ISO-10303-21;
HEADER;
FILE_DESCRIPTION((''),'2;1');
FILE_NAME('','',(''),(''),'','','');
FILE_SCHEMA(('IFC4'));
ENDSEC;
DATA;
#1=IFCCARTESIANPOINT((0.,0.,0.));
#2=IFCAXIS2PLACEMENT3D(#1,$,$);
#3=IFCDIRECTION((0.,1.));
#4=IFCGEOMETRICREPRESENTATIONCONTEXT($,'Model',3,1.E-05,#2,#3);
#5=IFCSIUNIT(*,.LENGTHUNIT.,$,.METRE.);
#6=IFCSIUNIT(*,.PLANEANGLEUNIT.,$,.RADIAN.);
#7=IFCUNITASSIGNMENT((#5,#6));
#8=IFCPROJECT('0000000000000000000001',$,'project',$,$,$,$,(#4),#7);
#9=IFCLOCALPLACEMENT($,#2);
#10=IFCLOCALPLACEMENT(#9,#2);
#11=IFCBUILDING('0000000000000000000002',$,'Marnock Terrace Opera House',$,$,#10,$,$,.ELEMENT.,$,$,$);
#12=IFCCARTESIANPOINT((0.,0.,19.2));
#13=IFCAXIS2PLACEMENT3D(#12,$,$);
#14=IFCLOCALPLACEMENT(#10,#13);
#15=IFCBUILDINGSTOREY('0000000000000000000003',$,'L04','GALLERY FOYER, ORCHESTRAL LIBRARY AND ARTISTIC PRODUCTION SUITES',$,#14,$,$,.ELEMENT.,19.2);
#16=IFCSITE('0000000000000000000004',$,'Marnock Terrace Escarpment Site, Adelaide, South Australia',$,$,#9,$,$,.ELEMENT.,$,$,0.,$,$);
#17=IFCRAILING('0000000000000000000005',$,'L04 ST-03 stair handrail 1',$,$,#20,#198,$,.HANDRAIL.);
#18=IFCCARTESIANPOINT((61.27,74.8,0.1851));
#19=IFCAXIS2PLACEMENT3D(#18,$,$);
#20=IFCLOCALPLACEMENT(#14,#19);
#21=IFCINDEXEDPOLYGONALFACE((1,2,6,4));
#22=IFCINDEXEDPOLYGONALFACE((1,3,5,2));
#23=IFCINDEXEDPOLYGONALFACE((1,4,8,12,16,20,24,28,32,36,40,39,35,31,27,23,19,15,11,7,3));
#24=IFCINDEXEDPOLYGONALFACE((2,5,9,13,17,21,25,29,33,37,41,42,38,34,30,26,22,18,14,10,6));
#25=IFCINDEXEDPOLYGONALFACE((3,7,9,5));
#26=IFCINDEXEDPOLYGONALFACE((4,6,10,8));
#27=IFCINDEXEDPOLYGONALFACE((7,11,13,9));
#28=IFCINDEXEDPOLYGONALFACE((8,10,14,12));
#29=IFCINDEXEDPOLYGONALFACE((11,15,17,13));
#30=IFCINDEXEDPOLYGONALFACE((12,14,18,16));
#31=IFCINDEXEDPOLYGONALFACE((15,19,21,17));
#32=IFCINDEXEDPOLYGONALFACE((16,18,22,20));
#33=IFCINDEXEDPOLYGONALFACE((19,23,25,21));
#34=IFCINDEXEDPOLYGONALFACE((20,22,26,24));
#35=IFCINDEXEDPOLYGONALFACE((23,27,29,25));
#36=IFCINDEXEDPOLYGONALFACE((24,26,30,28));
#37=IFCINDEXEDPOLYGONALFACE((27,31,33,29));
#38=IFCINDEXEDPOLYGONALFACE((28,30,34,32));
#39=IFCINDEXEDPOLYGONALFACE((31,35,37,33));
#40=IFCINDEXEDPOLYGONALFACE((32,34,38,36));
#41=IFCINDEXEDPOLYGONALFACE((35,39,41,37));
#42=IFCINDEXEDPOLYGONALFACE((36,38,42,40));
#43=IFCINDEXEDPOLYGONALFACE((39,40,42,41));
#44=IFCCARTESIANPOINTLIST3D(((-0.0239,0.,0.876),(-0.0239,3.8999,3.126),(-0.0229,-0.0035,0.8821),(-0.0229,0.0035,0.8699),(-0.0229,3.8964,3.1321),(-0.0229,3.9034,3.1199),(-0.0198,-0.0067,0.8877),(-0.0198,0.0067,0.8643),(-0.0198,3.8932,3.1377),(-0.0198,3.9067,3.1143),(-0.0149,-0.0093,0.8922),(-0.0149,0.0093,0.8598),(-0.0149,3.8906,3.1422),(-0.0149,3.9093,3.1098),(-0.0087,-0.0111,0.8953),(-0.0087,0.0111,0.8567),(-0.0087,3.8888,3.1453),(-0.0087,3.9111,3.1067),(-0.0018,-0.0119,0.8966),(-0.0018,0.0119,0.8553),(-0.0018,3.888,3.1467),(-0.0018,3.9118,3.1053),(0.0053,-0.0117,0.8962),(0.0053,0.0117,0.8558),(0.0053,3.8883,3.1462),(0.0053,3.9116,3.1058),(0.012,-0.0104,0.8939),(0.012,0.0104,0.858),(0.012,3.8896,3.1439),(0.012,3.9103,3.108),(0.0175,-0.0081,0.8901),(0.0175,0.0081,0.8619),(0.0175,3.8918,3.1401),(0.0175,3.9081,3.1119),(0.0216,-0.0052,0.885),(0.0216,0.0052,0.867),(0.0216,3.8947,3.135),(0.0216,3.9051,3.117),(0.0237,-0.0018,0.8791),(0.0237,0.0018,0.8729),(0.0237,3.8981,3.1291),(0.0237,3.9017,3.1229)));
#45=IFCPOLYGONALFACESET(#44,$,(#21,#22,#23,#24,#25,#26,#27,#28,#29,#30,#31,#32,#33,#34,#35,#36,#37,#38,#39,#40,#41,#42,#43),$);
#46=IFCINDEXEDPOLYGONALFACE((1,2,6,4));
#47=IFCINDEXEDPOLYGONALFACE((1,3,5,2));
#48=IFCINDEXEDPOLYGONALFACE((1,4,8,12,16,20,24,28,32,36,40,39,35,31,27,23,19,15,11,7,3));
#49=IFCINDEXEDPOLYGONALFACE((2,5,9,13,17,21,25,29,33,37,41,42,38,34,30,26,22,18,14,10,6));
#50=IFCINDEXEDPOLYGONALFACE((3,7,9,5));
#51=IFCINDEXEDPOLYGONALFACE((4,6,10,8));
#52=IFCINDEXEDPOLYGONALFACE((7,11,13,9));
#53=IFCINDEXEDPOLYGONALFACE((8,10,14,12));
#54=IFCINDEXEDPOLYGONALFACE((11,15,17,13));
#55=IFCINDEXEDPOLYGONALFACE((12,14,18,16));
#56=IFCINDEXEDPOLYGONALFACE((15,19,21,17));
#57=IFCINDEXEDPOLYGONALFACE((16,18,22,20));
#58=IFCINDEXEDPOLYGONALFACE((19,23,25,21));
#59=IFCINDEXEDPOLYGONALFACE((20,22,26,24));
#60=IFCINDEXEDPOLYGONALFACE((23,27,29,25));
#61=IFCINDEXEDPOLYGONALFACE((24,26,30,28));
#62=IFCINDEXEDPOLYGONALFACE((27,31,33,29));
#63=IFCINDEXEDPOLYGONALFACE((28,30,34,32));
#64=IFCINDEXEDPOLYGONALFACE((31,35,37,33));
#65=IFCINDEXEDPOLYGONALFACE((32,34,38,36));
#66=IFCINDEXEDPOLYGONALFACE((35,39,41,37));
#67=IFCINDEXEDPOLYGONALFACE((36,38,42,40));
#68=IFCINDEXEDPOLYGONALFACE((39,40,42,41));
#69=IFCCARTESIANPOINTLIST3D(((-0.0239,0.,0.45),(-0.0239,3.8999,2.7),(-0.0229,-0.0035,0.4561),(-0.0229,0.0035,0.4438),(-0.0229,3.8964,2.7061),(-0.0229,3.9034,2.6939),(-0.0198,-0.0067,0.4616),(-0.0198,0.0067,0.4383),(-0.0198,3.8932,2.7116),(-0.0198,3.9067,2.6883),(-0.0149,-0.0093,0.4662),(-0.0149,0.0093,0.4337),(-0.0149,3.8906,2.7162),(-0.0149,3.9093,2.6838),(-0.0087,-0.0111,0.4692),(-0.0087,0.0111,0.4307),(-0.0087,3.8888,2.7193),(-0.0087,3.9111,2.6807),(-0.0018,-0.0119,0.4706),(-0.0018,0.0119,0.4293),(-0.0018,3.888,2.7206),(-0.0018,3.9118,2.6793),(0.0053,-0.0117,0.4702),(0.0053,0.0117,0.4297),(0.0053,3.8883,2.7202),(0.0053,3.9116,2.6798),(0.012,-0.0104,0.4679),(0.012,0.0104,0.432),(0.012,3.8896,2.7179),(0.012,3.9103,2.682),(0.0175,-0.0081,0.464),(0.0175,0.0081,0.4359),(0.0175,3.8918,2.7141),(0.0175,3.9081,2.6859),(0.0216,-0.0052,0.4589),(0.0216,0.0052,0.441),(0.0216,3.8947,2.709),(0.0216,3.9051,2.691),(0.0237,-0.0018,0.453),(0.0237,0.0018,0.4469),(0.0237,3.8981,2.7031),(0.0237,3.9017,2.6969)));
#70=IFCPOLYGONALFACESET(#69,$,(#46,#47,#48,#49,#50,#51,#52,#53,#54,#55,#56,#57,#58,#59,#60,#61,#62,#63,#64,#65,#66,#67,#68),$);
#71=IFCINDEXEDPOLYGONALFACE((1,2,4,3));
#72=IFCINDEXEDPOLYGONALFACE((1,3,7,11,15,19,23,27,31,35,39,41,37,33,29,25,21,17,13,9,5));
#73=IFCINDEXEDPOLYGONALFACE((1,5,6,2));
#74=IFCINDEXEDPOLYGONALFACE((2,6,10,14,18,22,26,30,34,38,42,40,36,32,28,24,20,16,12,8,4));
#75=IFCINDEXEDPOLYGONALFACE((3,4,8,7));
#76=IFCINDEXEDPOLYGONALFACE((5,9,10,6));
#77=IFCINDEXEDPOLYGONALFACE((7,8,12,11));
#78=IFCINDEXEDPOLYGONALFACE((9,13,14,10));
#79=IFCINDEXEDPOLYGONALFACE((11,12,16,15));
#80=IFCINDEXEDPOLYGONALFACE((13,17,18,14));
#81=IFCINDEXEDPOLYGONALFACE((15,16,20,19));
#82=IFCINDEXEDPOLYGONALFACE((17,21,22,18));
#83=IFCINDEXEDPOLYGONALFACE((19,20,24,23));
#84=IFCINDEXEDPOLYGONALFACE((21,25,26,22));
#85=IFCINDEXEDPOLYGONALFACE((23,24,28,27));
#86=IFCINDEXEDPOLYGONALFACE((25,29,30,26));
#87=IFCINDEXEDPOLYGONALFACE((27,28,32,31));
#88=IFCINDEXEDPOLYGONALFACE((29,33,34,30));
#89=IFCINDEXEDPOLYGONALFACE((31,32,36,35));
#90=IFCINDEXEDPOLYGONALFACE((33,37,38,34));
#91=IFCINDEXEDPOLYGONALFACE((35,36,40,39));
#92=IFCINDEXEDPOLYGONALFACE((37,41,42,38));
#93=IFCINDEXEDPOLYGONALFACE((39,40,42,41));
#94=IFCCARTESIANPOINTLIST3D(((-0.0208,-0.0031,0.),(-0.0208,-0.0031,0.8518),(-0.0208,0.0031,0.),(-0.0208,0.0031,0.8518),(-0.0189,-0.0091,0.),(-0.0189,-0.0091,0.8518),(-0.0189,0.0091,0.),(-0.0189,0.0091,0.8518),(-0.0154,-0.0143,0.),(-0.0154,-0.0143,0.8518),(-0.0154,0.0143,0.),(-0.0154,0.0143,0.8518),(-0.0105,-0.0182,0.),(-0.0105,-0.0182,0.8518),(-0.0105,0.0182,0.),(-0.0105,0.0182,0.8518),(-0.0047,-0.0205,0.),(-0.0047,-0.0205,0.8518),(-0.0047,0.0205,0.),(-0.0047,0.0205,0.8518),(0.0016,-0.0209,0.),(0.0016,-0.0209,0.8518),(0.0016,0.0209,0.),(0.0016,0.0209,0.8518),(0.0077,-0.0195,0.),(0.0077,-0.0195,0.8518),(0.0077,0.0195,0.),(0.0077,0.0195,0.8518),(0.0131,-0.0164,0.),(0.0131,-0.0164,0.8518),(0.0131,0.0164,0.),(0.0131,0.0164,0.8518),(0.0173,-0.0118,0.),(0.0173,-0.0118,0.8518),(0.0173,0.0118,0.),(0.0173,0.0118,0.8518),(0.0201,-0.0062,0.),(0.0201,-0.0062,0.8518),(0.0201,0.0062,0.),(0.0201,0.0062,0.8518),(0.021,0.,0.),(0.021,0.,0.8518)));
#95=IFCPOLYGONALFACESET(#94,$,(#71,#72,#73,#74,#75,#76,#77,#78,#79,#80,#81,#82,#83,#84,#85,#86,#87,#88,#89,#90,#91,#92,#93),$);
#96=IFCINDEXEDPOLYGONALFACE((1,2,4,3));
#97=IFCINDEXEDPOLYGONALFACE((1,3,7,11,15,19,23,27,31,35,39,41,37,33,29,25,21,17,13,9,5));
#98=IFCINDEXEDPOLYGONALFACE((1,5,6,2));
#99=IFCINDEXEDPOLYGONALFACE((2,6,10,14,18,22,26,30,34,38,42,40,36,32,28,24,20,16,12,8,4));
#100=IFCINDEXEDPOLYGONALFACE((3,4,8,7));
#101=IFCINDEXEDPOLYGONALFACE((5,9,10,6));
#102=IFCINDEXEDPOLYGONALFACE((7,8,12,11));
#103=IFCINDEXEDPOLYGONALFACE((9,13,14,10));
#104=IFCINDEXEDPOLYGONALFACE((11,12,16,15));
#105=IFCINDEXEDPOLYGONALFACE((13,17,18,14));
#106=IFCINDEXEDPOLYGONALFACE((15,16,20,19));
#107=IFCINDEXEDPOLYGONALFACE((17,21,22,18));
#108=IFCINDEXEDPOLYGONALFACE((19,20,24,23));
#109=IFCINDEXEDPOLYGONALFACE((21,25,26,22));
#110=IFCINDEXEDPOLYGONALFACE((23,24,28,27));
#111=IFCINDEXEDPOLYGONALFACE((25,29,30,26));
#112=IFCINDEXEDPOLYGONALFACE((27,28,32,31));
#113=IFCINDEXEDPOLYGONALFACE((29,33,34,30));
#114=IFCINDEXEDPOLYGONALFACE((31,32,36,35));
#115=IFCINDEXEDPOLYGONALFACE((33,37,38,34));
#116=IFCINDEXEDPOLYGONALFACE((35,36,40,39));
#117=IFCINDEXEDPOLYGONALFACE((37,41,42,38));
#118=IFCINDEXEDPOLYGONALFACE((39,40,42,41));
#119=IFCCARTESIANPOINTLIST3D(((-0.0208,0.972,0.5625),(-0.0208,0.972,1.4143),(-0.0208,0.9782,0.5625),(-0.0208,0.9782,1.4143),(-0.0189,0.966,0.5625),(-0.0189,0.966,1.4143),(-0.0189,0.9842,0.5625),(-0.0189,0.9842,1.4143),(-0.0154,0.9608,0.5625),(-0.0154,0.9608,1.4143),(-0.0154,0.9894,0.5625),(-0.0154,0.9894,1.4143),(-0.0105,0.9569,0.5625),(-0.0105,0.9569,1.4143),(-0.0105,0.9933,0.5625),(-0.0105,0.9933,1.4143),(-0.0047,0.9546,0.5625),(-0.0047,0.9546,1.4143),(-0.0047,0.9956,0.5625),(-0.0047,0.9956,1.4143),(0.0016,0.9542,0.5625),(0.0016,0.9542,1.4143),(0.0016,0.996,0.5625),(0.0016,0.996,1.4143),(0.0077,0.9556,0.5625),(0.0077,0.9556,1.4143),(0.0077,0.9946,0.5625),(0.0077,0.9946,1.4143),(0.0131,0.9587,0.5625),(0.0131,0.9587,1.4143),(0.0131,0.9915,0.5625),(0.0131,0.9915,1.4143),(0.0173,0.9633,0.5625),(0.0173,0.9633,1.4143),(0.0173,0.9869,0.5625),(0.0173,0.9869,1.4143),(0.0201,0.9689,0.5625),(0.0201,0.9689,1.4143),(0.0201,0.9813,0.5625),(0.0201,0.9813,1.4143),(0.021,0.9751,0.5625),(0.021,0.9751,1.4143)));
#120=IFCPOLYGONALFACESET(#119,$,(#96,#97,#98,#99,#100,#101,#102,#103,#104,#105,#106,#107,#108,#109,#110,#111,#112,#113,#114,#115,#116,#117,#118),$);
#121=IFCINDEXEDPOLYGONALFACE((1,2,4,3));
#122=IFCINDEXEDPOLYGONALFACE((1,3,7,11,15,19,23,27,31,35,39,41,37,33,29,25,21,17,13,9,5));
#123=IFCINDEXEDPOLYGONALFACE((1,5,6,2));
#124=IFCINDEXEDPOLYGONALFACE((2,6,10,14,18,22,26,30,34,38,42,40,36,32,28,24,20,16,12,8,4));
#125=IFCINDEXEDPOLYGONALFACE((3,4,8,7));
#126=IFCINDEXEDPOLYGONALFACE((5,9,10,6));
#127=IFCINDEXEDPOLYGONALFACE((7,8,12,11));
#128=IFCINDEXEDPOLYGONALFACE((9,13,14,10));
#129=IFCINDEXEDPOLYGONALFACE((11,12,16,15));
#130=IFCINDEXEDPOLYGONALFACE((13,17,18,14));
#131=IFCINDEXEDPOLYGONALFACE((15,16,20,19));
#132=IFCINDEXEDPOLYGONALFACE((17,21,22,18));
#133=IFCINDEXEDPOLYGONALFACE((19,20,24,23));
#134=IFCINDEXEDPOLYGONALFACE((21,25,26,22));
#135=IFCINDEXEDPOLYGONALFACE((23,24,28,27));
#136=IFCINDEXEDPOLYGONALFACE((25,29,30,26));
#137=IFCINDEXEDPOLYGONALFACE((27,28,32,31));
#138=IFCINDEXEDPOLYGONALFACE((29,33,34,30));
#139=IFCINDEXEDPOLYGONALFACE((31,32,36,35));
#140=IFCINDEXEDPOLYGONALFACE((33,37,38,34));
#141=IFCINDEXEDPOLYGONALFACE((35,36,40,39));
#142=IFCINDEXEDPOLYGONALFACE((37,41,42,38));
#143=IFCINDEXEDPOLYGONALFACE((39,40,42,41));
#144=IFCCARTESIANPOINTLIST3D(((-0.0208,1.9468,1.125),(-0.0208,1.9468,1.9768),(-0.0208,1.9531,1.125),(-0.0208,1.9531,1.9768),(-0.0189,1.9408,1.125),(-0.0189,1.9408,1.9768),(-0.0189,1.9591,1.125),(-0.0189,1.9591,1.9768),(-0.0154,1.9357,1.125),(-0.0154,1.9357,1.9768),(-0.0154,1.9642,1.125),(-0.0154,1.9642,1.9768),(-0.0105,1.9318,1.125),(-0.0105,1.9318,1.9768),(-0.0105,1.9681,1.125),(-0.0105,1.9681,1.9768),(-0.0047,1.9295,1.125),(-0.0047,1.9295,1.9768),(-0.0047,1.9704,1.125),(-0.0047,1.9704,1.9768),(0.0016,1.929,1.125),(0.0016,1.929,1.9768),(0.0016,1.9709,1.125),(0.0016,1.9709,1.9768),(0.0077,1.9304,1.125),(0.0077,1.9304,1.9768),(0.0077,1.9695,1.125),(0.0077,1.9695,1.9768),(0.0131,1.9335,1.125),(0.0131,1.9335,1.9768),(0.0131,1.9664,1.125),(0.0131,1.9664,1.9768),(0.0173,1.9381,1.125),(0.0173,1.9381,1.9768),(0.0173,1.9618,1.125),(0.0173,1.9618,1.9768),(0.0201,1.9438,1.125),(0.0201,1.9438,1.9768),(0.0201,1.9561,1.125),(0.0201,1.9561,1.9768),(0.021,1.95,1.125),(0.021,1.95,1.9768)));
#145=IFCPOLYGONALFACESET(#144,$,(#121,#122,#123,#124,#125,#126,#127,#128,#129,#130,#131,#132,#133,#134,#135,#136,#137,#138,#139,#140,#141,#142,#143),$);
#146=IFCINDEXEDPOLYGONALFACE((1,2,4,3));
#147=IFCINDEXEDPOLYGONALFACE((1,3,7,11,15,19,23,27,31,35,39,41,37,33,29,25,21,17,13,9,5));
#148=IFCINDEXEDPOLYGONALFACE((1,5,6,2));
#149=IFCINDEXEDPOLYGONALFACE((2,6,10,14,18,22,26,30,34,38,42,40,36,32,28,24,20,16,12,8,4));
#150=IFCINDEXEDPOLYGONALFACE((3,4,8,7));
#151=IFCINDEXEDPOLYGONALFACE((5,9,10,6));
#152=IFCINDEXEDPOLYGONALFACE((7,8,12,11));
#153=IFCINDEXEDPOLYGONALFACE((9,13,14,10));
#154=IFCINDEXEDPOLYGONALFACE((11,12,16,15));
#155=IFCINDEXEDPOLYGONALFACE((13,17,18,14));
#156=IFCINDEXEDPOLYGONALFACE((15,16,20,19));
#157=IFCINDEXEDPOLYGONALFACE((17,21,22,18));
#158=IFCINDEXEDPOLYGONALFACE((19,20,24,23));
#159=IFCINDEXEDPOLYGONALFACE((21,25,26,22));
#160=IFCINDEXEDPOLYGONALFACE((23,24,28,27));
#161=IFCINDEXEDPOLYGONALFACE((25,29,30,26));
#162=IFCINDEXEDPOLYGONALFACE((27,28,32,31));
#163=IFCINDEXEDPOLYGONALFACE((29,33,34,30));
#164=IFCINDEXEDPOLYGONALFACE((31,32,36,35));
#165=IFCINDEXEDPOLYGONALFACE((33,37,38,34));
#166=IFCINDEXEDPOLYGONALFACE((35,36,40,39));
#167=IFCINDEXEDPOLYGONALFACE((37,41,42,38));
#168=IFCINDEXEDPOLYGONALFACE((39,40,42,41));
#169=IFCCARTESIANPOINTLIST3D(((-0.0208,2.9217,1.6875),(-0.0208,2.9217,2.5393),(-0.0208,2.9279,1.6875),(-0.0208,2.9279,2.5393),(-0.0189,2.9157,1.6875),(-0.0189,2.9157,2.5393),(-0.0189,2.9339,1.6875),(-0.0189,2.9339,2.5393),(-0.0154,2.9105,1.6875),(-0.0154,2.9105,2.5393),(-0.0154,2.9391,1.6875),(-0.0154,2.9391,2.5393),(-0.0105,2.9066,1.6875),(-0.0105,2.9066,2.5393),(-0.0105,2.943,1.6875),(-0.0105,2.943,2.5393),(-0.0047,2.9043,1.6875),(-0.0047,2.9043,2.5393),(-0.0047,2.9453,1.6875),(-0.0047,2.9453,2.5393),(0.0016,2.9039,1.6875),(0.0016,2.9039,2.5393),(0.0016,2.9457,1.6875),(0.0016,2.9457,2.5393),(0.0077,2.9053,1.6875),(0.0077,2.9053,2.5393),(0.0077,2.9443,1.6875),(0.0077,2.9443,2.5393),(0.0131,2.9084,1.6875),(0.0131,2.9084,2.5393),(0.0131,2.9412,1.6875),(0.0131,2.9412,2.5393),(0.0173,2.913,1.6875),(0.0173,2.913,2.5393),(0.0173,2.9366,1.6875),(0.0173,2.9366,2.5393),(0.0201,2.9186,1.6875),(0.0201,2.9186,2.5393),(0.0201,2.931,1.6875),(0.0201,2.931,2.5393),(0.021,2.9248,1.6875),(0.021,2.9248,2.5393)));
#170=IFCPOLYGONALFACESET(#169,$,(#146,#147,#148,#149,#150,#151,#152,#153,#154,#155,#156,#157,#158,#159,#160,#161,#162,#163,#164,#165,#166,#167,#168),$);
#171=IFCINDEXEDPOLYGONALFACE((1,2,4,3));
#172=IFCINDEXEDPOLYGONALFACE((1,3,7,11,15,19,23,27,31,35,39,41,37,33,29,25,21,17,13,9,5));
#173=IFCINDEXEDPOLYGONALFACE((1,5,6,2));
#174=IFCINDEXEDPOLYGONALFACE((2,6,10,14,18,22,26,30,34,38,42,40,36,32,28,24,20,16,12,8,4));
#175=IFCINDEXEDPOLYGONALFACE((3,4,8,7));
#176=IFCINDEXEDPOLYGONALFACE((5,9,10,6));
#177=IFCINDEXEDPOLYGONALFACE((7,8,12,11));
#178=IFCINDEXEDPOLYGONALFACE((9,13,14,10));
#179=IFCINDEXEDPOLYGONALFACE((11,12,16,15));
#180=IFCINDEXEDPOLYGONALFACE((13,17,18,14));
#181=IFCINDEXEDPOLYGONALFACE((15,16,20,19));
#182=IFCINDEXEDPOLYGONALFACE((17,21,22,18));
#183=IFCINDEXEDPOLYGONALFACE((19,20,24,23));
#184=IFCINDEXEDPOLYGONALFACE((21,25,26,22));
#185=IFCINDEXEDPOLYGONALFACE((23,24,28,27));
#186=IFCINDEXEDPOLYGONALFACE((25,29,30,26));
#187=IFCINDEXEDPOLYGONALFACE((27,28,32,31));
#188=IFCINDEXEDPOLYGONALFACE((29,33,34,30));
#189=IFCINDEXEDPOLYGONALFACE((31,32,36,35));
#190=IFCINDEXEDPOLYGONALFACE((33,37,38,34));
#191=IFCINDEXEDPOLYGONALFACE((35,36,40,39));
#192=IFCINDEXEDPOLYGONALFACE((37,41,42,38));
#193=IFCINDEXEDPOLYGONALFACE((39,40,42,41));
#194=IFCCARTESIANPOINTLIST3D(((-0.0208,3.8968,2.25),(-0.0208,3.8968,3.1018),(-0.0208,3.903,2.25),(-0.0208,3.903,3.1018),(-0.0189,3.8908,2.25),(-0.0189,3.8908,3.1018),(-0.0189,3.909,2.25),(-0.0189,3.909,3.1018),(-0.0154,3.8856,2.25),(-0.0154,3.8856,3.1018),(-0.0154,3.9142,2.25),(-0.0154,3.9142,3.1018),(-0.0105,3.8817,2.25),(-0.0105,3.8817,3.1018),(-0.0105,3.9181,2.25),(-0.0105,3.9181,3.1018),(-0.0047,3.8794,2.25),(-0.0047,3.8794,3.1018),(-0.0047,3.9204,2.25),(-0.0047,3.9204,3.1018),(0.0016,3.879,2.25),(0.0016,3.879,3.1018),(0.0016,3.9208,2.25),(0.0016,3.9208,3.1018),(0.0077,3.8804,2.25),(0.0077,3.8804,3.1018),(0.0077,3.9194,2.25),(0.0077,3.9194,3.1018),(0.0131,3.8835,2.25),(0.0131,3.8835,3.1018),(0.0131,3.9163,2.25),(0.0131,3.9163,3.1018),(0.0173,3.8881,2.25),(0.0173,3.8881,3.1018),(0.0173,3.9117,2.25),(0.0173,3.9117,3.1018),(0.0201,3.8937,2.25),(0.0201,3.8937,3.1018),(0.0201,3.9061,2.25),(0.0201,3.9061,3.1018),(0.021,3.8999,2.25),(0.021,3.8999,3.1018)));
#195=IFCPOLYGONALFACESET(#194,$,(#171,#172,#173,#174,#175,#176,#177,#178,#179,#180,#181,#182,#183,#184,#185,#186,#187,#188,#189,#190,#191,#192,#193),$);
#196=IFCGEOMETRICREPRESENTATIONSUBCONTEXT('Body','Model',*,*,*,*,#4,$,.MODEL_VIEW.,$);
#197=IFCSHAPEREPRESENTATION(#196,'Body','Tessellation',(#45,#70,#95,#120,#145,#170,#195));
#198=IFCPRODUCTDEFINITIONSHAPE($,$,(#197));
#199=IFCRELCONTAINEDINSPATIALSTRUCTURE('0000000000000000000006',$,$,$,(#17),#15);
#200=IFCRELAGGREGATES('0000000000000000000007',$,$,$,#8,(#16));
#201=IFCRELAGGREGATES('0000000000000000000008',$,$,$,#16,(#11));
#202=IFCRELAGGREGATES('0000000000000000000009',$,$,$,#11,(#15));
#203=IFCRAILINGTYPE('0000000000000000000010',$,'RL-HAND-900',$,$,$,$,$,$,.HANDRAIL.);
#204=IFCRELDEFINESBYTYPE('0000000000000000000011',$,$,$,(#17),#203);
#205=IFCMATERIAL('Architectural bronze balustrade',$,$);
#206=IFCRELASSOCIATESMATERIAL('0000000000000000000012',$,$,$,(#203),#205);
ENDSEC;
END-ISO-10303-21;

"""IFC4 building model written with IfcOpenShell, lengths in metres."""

from ifc_helpers import new_model, si_unit, direction, frame, origin, origin_2d, place, context, subcontext, project, spatial, circle, extrude, material, type_object, element, save


model = new_model("IFC4")

# Units and contexts
model_context = context("Model", 3, precision=1e-05, world=origin(), true_north=direction((0.0, 1.0)))
body_context = subcontext(model_context, "Body", "Model", "MODEL_VIEW")
ifc_project = project(units=[si_unit("LENGTHUNIT", "METRE"), si_unit("PLANEANGLEUNIT", "RADIAN")], contexts=[model_context])

# Site, building, storey
site_placement = place(None, origin())
site = spatial("IfcSite", under=ifc_project, at=site_placement, Name="Marnock Terrace Escarpment Site, Adelaide, South Australia", CompositionType="ELEMENT", RefElevation=0.0)
building_placement = place(site_placement, origin())
building = spatial("IfcBuilding", under=site, at=building_placement, Name="Marnock Terrace Opera House", CompositionType="ELEMENT")
storey_placement = place(building_placement, frame((0.0, 0.0, 19.2)))
storey = spatial("IfcBuildingStorey", under=building, at=storey_placement, Name="L04", Description="GALLERY FOYER, ORCHESTRAL LIBRARY AND ARTISTIC PRODUCTION SUITES", CompositionType="ELEMENT", Elevation=19.2)

# Railing
ifc_material_1 = material(Name="Architectural bronze balustrade")
railing_type_1 = type_object("IfcRailingType", Name="RL-HAND-900", PredefinedType="HANDRAIL", material=ifc_material_1)
railing_1_placement = place(storey_placement, frame((61.27, 74.8, 0.1851)))
element("IfcRailing", 1, at=railing_1_placement, inside=storey, type_object=railing_type_1, Name="L04 ST-03 stair handrail 1", PredefinedType="HANDRAIL", context=body_context, shape_type="SweptSolid", body=[
    extrude(circle(Radius=0.0239, at=origin_2d()), frame((0.0, 0.0, 0.876), z_axis=(0.0, 0.86618, 0.499732), x_axis=(-1.0, 0.0, 0.0)), (0.0, 0.0, 1.0), 4.5024),
    extrude(circle(Radius=0.0239, at=origin_2d()), frame((0.0, 0.0, 0.45), z_axis=(0.0, 0.86618, 0.499732), x_axis=(-1.0, 0.0, 0.0)), (0.0, 0.0, 1.0), 4.5024),
    extrude(circle(Radius=0.021, at=origin_2d()), origin(), (0.0, 0.0, 1.0), 0.8518),
    extrude(circle(Radius=0.021, at=origin_2d()), frame((0.0, 0.9751, 0.5625)), (0.0, 0.0, 1.0), 0.8518),
    extrude(circle(Radius=0.021, at=origin_2d()), frame((0.0, 1.95, 1.125)), (0.0, 0.0, 1.0), 0.8518),
    extrude(circle(Radius=0.021, at=origin_2d()), frame((0.0, 2.9248, 1.6875)), (0.0, 0.0, 1.0), 0.8518),
    extrude(circle(Radius=0.021, at=origin_2d()), frame((0.0, 3.8999, 2.25)), (0.0, 0.0, 1.0), 0.8518),
])

save(model, "model.ifc")
